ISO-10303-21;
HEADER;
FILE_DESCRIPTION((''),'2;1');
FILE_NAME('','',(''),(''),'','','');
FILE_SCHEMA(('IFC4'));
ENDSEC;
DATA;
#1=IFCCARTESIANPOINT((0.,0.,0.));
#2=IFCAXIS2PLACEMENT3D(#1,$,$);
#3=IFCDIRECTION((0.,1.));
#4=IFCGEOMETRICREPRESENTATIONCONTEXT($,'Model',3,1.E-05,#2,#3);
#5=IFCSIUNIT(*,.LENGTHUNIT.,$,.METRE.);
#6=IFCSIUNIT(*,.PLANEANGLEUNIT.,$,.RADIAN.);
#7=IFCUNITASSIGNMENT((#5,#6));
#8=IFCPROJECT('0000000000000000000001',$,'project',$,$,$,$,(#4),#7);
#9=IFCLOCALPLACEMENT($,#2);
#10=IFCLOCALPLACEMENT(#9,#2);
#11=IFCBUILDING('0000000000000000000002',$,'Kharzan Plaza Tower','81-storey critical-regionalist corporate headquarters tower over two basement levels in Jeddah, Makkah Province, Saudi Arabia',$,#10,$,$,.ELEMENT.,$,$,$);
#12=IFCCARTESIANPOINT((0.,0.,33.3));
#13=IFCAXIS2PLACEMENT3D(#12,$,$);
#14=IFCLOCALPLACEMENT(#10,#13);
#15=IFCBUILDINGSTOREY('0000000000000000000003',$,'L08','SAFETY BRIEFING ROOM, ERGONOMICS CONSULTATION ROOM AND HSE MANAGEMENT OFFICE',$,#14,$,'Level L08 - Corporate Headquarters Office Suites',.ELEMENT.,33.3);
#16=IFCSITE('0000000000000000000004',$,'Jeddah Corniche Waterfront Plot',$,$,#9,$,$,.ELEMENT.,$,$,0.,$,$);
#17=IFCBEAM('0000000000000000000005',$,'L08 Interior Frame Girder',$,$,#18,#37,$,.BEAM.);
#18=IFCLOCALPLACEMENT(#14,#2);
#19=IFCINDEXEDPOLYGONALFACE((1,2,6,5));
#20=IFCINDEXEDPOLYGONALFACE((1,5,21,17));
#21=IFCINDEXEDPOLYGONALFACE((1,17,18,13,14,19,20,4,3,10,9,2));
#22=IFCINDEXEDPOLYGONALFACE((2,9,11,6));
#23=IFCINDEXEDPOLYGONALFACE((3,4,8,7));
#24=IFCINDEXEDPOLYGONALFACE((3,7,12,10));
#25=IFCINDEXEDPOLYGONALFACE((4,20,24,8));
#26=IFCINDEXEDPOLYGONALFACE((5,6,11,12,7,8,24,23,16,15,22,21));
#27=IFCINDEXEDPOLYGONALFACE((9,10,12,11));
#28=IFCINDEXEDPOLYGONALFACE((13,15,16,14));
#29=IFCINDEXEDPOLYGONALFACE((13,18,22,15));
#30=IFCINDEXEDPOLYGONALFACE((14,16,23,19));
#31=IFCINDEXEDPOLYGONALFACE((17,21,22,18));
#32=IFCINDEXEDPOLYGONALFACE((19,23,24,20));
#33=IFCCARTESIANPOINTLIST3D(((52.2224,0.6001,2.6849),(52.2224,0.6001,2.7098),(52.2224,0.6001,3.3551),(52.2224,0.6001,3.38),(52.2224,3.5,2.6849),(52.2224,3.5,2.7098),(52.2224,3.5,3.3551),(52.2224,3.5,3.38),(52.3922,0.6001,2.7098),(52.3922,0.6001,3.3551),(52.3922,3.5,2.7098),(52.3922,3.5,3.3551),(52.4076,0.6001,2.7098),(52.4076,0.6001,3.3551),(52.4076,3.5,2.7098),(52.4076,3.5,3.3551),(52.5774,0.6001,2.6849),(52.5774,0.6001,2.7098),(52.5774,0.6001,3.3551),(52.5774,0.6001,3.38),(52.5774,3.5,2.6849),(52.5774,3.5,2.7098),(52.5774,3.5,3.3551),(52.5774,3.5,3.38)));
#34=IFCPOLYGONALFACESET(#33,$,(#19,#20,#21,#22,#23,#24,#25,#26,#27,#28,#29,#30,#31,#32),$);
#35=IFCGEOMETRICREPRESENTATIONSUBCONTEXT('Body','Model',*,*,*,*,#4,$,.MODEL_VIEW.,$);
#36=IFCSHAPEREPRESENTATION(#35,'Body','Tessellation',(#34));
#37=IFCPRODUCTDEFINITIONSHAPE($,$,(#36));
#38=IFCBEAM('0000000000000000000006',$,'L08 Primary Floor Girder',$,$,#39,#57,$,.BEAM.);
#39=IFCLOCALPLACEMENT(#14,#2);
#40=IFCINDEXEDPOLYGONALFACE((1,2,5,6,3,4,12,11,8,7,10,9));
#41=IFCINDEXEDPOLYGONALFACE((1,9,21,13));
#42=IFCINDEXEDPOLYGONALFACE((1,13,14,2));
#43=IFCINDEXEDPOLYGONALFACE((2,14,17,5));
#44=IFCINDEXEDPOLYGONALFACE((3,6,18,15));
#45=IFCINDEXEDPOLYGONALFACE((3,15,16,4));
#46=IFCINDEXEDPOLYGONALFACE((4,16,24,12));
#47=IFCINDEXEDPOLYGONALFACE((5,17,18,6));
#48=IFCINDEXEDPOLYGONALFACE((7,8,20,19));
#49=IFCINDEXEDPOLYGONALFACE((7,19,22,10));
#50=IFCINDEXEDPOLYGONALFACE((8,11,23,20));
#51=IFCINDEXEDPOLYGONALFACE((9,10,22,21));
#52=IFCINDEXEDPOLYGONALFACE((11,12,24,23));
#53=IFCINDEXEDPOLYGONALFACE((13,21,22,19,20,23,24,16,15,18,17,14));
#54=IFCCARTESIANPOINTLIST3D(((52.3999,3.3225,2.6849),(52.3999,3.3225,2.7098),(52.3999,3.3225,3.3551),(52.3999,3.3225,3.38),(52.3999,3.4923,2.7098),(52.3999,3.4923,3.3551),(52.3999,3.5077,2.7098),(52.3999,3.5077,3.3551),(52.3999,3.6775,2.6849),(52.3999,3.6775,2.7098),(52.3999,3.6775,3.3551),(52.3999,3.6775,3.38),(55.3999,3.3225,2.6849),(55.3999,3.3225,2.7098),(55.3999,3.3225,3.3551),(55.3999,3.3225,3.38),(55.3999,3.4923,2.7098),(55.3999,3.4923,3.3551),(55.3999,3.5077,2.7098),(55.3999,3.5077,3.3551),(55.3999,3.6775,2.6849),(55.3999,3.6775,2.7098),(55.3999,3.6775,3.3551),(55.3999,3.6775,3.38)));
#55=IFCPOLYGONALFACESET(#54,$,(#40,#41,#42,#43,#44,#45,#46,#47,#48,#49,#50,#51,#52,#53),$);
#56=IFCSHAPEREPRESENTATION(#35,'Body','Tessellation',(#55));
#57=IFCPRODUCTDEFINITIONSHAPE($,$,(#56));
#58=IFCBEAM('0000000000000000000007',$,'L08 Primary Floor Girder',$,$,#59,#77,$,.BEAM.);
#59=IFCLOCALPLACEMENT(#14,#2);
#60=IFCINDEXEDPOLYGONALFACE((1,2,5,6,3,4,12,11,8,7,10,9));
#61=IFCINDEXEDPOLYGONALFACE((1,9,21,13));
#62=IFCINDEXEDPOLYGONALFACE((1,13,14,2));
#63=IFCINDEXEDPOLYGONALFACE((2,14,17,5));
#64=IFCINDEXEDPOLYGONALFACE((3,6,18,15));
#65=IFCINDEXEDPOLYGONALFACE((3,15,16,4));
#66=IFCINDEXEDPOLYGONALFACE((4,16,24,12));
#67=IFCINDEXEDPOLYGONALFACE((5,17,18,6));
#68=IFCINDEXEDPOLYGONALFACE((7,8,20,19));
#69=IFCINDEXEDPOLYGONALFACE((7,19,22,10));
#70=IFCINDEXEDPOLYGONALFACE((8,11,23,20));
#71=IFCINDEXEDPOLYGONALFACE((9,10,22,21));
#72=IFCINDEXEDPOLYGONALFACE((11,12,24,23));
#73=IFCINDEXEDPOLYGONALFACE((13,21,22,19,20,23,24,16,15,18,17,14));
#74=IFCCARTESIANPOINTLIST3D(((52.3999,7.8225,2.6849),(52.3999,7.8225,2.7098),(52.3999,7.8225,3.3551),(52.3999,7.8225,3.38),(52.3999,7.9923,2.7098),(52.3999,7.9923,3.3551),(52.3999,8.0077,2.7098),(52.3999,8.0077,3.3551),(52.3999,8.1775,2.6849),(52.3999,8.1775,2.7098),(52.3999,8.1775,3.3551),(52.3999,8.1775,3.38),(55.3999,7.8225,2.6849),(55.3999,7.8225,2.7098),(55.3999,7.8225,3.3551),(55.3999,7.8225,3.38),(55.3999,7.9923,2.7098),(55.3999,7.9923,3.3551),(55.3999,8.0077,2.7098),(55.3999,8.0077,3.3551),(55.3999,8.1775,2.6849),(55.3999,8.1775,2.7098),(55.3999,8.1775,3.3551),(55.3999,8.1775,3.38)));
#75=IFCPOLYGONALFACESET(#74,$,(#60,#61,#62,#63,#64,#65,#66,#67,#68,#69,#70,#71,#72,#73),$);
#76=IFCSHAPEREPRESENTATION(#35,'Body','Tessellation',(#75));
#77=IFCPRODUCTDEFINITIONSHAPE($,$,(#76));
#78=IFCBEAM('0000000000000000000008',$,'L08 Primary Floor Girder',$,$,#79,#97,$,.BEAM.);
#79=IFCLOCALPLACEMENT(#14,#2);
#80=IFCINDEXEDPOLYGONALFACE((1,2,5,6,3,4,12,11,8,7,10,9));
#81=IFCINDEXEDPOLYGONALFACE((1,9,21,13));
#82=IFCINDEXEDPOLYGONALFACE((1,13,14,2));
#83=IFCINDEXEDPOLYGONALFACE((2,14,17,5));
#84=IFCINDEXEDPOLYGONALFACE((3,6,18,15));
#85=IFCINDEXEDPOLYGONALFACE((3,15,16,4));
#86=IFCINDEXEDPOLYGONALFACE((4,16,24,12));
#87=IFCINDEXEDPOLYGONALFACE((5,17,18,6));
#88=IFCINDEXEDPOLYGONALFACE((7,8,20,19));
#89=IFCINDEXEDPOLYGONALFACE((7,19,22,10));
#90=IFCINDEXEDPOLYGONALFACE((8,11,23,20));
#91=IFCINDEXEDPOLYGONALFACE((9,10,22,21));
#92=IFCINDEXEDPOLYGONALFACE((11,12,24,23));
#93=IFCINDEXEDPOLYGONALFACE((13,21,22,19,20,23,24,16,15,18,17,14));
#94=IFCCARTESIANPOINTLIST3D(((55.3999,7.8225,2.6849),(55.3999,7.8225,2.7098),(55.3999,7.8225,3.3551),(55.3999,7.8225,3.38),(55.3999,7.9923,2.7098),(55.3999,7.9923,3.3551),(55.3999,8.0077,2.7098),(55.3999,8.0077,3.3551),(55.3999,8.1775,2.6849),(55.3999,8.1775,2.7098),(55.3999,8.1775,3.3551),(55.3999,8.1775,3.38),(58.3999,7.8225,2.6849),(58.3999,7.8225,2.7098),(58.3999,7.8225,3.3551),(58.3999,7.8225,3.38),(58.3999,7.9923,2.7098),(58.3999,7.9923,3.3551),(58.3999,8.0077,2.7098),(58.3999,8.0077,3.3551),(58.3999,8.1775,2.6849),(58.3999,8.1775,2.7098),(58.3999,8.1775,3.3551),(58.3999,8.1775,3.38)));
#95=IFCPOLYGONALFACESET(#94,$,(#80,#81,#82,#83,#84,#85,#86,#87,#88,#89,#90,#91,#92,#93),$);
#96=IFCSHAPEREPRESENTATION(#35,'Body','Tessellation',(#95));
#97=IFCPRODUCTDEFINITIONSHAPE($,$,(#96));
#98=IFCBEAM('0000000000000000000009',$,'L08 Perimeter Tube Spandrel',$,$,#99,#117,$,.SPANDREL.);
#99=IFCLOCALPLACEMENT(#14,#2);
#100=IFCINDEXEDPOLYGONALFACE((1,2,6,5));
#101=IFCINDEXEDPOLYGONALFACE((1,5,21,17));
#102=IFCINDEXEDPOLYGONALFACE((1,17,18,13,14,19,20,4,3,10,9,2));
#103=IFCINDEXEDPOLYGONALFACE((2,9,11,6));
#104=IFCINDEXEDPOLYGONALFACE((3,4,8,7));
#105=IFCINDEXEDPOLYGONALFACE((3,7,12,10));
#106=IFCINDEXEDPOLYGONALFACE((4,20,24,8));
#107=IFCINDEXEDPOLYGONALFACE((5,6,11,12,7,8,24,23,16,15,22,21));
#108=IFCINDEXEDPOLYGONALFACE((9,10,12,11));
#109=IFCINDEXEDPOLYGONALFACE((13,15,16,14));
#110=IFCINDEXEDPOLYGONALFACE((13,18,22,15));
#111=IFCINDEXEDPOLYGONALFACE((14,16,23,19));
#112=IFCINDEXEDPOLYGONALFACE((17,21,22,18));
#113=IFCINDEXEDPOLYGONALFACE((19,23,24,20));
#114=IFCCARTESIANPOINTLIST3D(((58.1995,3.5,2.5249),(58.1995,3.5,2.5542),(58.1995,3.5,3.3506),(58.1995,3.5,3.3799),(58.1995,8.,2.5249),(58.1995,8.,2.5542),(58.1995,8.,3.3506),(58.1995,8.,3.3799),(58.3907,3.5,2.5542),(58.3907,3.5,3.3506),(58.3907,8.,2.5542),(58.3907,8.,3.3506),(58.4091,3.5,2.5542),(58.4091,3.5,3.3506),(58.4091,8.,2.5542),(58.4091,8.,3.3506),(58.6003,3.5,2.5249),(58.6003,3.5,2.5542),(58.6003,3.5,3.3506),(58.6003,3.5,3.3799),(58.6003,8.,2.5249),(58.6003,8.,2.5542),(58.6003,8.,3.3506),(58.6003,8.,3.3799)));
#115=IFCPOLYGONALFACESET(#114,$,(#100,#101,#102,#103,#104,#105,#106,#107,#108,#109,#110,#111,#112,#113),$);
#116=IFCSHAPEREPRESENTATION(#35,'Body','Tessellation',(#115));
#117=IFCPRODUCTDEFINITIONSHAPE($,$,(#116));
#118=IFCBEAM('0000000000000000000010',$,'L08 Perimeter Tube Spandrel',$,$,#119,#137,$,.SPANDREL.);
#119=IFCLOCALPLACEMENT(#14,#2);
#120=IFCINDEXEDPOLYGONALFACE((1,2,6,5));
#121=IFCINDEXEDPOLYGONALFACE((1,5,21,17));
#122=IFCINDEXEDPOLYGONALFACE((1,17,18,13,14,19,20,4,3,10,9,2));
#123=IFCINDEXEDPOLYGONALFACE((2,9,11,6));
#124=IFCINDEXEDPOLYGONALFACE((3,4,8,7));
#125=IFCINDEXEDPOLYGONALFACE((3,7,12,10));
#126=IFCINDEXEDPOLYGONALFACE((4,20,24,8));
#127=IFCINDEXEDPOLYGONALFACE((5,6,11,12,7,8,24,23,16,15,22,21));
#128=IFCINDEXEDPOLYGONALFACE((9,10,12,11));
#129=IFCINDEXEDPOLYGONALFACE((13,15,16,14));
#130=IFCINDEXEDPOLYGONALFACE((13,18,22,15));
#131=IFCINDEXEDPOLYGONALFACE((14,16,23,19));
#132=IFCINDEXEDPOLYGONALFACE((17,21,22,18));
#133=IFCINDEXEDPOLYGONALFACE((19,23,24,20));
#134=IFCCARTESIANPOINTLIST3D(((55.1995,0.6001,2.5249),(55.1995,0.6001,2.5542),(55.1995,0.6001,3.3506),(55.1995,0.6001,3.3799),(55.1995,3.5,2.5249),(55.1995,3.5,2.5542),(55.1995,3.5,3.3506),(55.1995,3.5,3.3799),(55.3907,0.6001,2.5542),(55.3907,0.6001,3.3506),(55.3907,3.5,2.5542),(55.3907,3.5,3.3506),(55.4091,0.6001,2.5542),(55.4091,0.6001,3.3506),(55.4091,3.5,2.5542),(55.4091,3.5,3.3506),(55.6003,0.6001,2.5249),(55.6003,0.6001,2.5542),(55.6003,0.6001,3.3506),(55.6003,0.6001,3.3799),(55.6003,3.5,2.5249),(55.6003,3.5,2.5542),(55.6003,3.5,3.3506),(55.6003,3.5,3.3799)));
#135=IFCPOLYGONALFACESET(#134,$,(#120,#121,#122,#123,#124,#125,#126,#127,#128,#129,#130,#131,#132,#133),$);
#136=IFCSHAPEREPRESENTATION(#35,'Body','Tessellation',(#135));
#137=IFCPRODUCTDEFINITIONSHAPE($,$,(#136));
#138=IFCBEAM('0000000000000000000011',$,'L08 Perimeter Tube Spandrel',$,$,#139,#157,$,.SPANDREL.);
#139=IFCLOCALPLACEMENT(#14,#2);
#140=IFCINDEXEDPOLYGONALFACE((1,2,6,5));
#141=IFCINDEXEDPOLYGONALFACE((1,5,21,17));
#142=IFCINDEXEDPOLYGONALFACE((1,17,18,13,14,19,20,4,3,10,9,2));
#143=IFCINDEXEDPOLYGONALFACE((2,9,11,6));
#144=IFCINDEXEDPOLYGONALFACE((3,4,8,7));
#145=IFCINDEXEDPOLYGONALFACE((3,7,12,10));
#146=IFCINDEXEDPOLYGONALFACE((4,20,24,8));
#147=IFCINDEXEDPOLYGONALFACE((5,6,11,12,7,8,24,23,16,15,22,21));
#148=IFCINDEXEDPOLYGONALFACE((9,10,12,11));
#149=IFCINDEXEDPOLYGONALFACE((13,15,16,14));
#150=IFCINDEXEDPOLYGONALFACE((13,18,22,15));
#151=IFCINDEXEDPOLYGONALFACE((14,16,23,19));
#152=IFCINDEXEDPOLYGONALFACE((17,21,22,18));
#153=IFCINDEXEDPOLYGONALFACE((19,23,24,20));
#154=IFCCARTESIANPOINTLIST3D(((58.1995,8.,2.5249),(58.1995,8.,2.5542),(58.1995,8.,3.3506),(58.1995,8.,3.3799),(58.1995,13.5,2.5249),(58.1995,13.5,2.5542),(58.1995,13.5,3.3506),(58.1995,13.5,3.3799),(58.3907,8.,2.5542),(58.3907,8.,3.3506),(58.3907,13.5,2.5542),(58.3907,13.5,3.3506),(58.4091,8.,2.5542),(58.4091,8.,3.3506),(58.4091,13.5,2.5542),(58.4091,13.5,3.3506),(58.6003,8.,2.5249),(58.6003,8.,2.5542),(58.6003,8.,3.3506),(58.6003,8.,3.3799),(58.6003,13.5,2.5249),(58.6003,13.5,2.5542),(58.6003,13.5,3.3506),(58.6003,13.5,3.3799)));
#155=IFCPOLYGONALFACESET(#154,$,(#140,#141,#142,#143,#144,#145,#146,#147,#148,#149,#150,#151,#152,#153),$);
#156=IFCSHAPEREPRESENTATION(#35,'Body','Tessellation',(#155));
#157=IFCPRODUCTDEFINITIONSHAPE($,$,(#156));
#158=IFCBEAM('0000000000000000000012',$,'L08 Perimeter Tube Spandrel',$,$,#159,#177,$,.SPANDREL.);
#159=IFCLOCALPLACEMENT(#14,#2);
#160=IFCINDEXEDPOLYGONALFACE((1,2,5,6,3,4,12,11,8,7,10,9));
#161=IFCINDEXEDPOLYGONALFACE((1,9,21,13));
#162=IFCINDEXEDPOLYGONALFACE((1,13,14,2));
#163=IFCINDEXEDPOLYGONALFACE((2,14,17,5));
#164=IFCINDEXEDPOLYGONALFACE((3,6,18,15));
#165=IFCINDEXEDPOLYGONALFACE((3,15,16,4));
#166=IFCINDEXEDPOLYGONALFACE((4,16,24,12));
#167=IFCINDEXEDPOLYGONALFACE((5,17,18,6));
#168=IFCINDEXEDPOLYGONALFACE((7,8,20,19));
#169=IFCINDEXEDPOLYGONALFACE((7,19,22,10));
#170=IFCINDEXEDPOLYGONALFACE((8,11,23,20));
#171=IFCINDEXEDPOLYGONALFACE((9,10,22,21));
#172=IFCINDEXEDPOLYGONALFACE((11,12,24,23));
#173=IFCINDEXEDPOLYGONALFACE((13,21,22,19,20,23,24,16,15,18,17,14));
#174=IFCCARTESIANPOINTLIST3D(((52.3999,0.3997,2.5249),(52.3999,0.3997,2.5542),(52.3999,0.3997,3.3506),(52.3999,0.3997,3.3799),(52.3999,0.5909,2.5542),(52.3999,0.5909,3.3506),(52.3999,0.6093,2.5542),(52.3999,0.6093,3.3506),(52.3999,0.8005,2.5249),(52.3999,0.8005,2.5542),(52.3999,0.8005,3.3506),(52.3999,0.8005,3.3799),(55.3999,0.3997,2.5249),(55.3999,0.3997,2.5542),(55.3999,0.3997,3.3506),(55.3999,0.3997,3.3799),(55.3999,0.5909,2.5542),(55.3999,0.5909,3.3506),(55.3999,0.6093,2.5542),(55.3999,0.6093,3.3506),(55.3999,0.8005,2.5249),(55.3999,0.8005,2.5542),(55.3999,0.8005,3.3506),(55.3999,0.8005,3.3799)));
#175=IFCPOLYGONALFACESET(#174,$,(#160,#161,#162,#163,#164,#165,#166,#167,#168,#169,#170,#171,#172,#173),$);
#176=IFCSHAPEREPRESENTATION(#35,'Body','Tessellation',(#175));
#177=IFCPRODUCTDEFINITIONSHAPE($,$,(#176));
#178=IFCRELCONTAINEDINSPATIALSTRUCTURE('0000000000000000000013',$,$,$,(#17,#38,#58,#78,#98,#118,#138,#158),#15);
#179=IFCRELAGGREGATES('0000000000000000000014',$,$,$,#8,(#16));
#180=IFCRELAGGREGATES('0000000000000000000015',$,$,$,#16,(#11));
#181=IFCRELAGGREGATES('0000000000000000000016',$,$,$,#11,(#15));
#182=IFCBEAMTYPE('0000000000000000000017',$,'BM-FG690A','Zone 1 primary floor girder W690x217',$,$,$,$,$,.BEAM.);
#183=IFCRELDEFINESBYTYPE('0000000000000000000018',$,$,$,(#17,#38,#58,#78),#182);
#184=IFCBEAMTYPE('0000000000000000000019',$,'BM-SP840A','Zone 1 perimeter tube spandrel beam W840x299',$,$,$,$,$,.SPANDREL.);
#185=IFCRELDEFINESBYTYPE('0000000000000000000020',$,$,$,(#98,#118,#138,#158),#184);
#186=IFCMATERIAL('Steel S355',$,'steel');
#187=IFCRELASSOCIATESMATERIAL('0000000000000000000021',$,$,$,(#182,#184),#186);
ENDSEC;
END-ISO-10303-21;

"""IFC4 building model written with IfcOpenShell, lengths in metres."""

from ifc_helpers import new_model, si_unit, direction, frame, origin, origin_2d, place, context, subcontext, project, spatial, i_section, extrude, source, transform, mapped, material, material_profile, profile_set, type_object, element, save


model = new_model("IFC4")

# Units and contexts
model_context = context("Model", 3, precision=1e-05, world=origin(), true_north=direction((0.0, 1.0)))
body_context = subcontext(model_context, "Body", "Model", "MODEL_VIEW")
ifc_project = project(units=[si_unit("LENGTHUNIT", "METRE"), si_unit("PLANEANGLEUNIT", "RADIAN")], contexts=[model_context])

# Site, building, storey
site_placement = place(None, origin())
site = spatial("IfcSite", under=ifc_project, at=site_placement, Name="Jeddah Corniche Waterfront Plot", CompositionType="ELEMENT", RefElevation=0.0)
building_placement = place(site_placement, origin())
building = spatial("IfcBuilding", under=site, at=building_placement, Name="Kharzan Plaza Tower", Description="81-storey critical-regionalist corporate headquarters tower over two basement levels in Jeddah, Makkah Province, Saudi Arabia", CompositionType="ELEMENT")
storey_placement = place(building_placement, frame((0.0, 0.0, 33.3)))
storey = spatial("IfcBuildingStorey", under=building, at=storey_placement, Name="L08", Description="SAFETY BRIEFING ROOM, ERGONOMICS CONSULTATION ROOM AND HSE MANAGEMENT OFFICE", LongName="Level L08 - Corporate Headquarters Office Suites", CompositionType="ELEMENT", Elevation=33.3)

# Beams
ifc_material_1 = material(Name="Steel S355", Category="steel")
ifc_material_profile_1 = material_profile(ifc_material_1, i_section(OverallWidth=0.355, OverallDepth=0.6951, WebThickness=0.0154, FlangeThickness=0.0249, at=origin_2d()), Name="W690x217")
ifc_profile_set_1 = profile_set([ifc_material_profile_1], Name="Steel S355")
beam_type_1 = type_object("IfcBeamType", Name="BM-FG690A", Description="Zone 1 primary floor girder W690x217", PredefinedType="BEAM", material=ifc_profile_set_1)
shared_shape_1 = source(origin(), body_context, "Body", "SweptSolid", [
    extrude(i_section(OverallWidth=0.355, OverallDepth=0.6951, WebThickness=0.0154, FlangeThickness=0.0249, at=origin_2d()), origin(), (0.0, 0.0, 1.0), 2.8999),
])
beam_1_placement = place(storey_placement, frame((52.3999, 0.6001, 3.0325), z_axis=(0.0, 1.0, 0.0), x_axis=(-1.0, 0.0, 0.0)))
element("IfcBeam", 1, at=beam_1_placement, inside=storey, type_object=beam_type_1, Name="L08 Interior Frame Girder", PredefinedType="BEAM", context=body_context, shape_type="MappedRepresentation", body=[
    mapped(shared_shape_1, transform((0.0, 0.0, 0.0), x_axis=(1.0, 0.0, 0.0), y_axis=(0.0, 1.0, 0.0), z_axis=(0.0, 0.0, 1.0))),
])
shared_shape_2 = source(origin(), body_context, "Body", "SweptSolid", [
    extrude(i_section(OverallWidth=0.355, OverallDepth=0.6951, WebThickness=0.0154, FlangeThickness=0.0249, at=origin_2d()), origin(), (0.0, 0.0, 1.0), 3.0),
])
for number, where, z_axis, x_axis, name in (
    (2, (52.3999, 3.5, 3.0325), (1.0, 0.0, 0.0), (0.0, 1.0, 0.0), "L08 Primary Floor Girder"),
    (3, (52.3999, 8.0, 3.0325), (1.0, 0.0, 0.0), (0.0, 1.0, 0.0), "L08 Primary Floor Girder"),
    (4, (55.3999, 8.0, 3.0325), (1.0, 0.0, 0.0), (0.0, 1.0, 0.0), "L08 Primary Floor Girder"),
):
    element("IfcBeam", number, at=place(storey_placement, frame(where, z_axis=z_axis, x_axis=x_axis)), inside=storey, type_object=beam_type_1, Name=name, PredefinedType="BEAM", context=body_context, shape_type="MappedRepresentation", body=[
        mapped(shared_shape_2, transform((0.0, 0.0, 0.0), x_axis=(1.0, 0.0, 0.0), y_axis=(0.0, 1.0, 0.0), z_axis=(0.0, 0.0, 1.0))),
    ])
ifc_material_profile_2 = material_profile(ifc_material_1, i_section(OverallWidth=0.4009, OverallDepth=0.855, WebThickness=0.0183, FlangeThickness=0.0293, at=origin_2d()), Name="W840x299")
ifc_profile_set_2 = profile_set([ifc_material_profile_2], Name="Steel S355")
beam_type_2 = type_object("IfcBeamType", Name="BM-SP840A", Description="Zone 1 perimeter tube spandrel beam W840x299", PredefinedType="SPANDREL", material=ifc_profile_set_2)
shared_shape_3 = source(origin(), body_context, "Body", "SweptSolid", [
    extrude(i_section(OverallWidth=0.4009, OverallDepth=0.855, WebThickness=0.0183, FlangeThickness=0.0293, at=origin_2d()), origin(), (0.0, 0.0, 1.0), 4.5),
])
beam_2_placement = place(storey_placement, frame((58.3999, 3.5, 2.9524), z_axis=(0.0, 1.0, 0.0), x_axis=(-1.0, 0.0, 0.0)))
element("IfcBeam", 5, at=beam_2_placement, inside=storey, type_object=beam_type_2, Name="L08 Perimeter Tube Spandrel", PredefinedType="SPANDREL", context=body_context, shape_type="MappedRepresentation", body=[
    mapped(shared_shape_3, transform((0.0, 0.0, 0.0), x_axis=(1.0, 0.0, 0.0), y_axis=(0.0, 1.0, 0.0), z_axis=(0.0, 0.0, 1.0))),
])
shared_shape_4 = source(origin(), body_context, "Body", "SweptSolid", [
    extrude(i_section(OverallWidth=0.4009, OverallDepth=0.855, WebThickness=0.0183, FlangeThickness=0.0293, at=origin_2d()), origin(), (0.0, 0.0, 1.0), 2.8999),
])
beam_3_placement = place(storey_placement, frame((55.3999, 0.6001, 2.9524), z_axis=(0.0, 1.0, 0.0), x_axis=(-1.0, 0.0, 0.0)))
element("IfcBeam", 6, at=beam_3_placement, inside=storey, type_object=beam_type_2, Name="L08 Perimeter Tube Spandrel", PredefinedType="SPANDREL", context=body_context, shape_type="MappedRepresentation", body=[
    mapped(shared_shape_4, transform((0.0, 0.0, 0.0), x_axis=(1.0, 0.0, 0.0), y_axis=(0.0, 1.0, 0.0), z_axis=(0.0, 0.0, 1.0))),
])
shared_shape_5 = source(origin(), body_context, "Body", "SweptSolid", [
    extrude(i_section(OverallWidth=0.4009, OverallDepth=0.855, WebThickness=0.0183, FlangeThickness=0.0293, at=origin_2d()), origin(), (0.0, 0.0, 1.0), 5.5),
])
beam_4_placement = place(storey_placement, frame((58.3999, 8.0, 2.9524), z_axis=(0.0, 1.0, 0.0), x_axis=(-1.0, 0.0, 0.0)))
element("IfcBeam", 7, at=beam_4_placement, inside=storey, type_object=beam_type_2, Name="L08 Perimeter Tube Spandrel", PredefinedType="SPANDREL", context=body_context, shape_type="MappedRepresentation", body=[
    mapped(shared_shape_5, transform((0.0, 0.0, 0.0), x_axis=(1.0, 0.0, 0.0), y_axis=(0.0, 1.0, 0.0), z_axis=(0.0, 0.0, 1.0))),
])
shared_shape_6 = source(origin(), body_context, "Body", "SweptSolid", [
    extrude(i_section(OverallWidth=0.4009, OverallDepth=0.855, WebThickness=0.0183, FlangeThickness=0.0293, at=origin_2d()), origin(), (0.0, 0.0, 1.0), 3.0),
])
for number, where, z_axis, x_axis, name in (
    (8, (52.3999, 0.6001, 2.9524), (1.0, 0.0, 0.0), (0.0, 1.0, 0.0), "L08 Perimeter Tube Spandrel"),
):
    element("IfcBeam", number, at=place(storey_placement, frame(where, z_axis=z_axis, x_axis=x_axis)), inside=storey, type_object=beam_type_2, Name=name, PredefinedType="SPANDREL", context=body_context, shape_type="MappedRepresentation", body=[
        mapped(shared_shape_6, transform((0.0, 0.0, 0.0), x_axis=(1.0, 0.0, 0.0), y_axis=(0.0, 1.0, 0.0), z_axis=(0.0, 0.0, 1.0))),
    ])

save(model, "model.ifc")
